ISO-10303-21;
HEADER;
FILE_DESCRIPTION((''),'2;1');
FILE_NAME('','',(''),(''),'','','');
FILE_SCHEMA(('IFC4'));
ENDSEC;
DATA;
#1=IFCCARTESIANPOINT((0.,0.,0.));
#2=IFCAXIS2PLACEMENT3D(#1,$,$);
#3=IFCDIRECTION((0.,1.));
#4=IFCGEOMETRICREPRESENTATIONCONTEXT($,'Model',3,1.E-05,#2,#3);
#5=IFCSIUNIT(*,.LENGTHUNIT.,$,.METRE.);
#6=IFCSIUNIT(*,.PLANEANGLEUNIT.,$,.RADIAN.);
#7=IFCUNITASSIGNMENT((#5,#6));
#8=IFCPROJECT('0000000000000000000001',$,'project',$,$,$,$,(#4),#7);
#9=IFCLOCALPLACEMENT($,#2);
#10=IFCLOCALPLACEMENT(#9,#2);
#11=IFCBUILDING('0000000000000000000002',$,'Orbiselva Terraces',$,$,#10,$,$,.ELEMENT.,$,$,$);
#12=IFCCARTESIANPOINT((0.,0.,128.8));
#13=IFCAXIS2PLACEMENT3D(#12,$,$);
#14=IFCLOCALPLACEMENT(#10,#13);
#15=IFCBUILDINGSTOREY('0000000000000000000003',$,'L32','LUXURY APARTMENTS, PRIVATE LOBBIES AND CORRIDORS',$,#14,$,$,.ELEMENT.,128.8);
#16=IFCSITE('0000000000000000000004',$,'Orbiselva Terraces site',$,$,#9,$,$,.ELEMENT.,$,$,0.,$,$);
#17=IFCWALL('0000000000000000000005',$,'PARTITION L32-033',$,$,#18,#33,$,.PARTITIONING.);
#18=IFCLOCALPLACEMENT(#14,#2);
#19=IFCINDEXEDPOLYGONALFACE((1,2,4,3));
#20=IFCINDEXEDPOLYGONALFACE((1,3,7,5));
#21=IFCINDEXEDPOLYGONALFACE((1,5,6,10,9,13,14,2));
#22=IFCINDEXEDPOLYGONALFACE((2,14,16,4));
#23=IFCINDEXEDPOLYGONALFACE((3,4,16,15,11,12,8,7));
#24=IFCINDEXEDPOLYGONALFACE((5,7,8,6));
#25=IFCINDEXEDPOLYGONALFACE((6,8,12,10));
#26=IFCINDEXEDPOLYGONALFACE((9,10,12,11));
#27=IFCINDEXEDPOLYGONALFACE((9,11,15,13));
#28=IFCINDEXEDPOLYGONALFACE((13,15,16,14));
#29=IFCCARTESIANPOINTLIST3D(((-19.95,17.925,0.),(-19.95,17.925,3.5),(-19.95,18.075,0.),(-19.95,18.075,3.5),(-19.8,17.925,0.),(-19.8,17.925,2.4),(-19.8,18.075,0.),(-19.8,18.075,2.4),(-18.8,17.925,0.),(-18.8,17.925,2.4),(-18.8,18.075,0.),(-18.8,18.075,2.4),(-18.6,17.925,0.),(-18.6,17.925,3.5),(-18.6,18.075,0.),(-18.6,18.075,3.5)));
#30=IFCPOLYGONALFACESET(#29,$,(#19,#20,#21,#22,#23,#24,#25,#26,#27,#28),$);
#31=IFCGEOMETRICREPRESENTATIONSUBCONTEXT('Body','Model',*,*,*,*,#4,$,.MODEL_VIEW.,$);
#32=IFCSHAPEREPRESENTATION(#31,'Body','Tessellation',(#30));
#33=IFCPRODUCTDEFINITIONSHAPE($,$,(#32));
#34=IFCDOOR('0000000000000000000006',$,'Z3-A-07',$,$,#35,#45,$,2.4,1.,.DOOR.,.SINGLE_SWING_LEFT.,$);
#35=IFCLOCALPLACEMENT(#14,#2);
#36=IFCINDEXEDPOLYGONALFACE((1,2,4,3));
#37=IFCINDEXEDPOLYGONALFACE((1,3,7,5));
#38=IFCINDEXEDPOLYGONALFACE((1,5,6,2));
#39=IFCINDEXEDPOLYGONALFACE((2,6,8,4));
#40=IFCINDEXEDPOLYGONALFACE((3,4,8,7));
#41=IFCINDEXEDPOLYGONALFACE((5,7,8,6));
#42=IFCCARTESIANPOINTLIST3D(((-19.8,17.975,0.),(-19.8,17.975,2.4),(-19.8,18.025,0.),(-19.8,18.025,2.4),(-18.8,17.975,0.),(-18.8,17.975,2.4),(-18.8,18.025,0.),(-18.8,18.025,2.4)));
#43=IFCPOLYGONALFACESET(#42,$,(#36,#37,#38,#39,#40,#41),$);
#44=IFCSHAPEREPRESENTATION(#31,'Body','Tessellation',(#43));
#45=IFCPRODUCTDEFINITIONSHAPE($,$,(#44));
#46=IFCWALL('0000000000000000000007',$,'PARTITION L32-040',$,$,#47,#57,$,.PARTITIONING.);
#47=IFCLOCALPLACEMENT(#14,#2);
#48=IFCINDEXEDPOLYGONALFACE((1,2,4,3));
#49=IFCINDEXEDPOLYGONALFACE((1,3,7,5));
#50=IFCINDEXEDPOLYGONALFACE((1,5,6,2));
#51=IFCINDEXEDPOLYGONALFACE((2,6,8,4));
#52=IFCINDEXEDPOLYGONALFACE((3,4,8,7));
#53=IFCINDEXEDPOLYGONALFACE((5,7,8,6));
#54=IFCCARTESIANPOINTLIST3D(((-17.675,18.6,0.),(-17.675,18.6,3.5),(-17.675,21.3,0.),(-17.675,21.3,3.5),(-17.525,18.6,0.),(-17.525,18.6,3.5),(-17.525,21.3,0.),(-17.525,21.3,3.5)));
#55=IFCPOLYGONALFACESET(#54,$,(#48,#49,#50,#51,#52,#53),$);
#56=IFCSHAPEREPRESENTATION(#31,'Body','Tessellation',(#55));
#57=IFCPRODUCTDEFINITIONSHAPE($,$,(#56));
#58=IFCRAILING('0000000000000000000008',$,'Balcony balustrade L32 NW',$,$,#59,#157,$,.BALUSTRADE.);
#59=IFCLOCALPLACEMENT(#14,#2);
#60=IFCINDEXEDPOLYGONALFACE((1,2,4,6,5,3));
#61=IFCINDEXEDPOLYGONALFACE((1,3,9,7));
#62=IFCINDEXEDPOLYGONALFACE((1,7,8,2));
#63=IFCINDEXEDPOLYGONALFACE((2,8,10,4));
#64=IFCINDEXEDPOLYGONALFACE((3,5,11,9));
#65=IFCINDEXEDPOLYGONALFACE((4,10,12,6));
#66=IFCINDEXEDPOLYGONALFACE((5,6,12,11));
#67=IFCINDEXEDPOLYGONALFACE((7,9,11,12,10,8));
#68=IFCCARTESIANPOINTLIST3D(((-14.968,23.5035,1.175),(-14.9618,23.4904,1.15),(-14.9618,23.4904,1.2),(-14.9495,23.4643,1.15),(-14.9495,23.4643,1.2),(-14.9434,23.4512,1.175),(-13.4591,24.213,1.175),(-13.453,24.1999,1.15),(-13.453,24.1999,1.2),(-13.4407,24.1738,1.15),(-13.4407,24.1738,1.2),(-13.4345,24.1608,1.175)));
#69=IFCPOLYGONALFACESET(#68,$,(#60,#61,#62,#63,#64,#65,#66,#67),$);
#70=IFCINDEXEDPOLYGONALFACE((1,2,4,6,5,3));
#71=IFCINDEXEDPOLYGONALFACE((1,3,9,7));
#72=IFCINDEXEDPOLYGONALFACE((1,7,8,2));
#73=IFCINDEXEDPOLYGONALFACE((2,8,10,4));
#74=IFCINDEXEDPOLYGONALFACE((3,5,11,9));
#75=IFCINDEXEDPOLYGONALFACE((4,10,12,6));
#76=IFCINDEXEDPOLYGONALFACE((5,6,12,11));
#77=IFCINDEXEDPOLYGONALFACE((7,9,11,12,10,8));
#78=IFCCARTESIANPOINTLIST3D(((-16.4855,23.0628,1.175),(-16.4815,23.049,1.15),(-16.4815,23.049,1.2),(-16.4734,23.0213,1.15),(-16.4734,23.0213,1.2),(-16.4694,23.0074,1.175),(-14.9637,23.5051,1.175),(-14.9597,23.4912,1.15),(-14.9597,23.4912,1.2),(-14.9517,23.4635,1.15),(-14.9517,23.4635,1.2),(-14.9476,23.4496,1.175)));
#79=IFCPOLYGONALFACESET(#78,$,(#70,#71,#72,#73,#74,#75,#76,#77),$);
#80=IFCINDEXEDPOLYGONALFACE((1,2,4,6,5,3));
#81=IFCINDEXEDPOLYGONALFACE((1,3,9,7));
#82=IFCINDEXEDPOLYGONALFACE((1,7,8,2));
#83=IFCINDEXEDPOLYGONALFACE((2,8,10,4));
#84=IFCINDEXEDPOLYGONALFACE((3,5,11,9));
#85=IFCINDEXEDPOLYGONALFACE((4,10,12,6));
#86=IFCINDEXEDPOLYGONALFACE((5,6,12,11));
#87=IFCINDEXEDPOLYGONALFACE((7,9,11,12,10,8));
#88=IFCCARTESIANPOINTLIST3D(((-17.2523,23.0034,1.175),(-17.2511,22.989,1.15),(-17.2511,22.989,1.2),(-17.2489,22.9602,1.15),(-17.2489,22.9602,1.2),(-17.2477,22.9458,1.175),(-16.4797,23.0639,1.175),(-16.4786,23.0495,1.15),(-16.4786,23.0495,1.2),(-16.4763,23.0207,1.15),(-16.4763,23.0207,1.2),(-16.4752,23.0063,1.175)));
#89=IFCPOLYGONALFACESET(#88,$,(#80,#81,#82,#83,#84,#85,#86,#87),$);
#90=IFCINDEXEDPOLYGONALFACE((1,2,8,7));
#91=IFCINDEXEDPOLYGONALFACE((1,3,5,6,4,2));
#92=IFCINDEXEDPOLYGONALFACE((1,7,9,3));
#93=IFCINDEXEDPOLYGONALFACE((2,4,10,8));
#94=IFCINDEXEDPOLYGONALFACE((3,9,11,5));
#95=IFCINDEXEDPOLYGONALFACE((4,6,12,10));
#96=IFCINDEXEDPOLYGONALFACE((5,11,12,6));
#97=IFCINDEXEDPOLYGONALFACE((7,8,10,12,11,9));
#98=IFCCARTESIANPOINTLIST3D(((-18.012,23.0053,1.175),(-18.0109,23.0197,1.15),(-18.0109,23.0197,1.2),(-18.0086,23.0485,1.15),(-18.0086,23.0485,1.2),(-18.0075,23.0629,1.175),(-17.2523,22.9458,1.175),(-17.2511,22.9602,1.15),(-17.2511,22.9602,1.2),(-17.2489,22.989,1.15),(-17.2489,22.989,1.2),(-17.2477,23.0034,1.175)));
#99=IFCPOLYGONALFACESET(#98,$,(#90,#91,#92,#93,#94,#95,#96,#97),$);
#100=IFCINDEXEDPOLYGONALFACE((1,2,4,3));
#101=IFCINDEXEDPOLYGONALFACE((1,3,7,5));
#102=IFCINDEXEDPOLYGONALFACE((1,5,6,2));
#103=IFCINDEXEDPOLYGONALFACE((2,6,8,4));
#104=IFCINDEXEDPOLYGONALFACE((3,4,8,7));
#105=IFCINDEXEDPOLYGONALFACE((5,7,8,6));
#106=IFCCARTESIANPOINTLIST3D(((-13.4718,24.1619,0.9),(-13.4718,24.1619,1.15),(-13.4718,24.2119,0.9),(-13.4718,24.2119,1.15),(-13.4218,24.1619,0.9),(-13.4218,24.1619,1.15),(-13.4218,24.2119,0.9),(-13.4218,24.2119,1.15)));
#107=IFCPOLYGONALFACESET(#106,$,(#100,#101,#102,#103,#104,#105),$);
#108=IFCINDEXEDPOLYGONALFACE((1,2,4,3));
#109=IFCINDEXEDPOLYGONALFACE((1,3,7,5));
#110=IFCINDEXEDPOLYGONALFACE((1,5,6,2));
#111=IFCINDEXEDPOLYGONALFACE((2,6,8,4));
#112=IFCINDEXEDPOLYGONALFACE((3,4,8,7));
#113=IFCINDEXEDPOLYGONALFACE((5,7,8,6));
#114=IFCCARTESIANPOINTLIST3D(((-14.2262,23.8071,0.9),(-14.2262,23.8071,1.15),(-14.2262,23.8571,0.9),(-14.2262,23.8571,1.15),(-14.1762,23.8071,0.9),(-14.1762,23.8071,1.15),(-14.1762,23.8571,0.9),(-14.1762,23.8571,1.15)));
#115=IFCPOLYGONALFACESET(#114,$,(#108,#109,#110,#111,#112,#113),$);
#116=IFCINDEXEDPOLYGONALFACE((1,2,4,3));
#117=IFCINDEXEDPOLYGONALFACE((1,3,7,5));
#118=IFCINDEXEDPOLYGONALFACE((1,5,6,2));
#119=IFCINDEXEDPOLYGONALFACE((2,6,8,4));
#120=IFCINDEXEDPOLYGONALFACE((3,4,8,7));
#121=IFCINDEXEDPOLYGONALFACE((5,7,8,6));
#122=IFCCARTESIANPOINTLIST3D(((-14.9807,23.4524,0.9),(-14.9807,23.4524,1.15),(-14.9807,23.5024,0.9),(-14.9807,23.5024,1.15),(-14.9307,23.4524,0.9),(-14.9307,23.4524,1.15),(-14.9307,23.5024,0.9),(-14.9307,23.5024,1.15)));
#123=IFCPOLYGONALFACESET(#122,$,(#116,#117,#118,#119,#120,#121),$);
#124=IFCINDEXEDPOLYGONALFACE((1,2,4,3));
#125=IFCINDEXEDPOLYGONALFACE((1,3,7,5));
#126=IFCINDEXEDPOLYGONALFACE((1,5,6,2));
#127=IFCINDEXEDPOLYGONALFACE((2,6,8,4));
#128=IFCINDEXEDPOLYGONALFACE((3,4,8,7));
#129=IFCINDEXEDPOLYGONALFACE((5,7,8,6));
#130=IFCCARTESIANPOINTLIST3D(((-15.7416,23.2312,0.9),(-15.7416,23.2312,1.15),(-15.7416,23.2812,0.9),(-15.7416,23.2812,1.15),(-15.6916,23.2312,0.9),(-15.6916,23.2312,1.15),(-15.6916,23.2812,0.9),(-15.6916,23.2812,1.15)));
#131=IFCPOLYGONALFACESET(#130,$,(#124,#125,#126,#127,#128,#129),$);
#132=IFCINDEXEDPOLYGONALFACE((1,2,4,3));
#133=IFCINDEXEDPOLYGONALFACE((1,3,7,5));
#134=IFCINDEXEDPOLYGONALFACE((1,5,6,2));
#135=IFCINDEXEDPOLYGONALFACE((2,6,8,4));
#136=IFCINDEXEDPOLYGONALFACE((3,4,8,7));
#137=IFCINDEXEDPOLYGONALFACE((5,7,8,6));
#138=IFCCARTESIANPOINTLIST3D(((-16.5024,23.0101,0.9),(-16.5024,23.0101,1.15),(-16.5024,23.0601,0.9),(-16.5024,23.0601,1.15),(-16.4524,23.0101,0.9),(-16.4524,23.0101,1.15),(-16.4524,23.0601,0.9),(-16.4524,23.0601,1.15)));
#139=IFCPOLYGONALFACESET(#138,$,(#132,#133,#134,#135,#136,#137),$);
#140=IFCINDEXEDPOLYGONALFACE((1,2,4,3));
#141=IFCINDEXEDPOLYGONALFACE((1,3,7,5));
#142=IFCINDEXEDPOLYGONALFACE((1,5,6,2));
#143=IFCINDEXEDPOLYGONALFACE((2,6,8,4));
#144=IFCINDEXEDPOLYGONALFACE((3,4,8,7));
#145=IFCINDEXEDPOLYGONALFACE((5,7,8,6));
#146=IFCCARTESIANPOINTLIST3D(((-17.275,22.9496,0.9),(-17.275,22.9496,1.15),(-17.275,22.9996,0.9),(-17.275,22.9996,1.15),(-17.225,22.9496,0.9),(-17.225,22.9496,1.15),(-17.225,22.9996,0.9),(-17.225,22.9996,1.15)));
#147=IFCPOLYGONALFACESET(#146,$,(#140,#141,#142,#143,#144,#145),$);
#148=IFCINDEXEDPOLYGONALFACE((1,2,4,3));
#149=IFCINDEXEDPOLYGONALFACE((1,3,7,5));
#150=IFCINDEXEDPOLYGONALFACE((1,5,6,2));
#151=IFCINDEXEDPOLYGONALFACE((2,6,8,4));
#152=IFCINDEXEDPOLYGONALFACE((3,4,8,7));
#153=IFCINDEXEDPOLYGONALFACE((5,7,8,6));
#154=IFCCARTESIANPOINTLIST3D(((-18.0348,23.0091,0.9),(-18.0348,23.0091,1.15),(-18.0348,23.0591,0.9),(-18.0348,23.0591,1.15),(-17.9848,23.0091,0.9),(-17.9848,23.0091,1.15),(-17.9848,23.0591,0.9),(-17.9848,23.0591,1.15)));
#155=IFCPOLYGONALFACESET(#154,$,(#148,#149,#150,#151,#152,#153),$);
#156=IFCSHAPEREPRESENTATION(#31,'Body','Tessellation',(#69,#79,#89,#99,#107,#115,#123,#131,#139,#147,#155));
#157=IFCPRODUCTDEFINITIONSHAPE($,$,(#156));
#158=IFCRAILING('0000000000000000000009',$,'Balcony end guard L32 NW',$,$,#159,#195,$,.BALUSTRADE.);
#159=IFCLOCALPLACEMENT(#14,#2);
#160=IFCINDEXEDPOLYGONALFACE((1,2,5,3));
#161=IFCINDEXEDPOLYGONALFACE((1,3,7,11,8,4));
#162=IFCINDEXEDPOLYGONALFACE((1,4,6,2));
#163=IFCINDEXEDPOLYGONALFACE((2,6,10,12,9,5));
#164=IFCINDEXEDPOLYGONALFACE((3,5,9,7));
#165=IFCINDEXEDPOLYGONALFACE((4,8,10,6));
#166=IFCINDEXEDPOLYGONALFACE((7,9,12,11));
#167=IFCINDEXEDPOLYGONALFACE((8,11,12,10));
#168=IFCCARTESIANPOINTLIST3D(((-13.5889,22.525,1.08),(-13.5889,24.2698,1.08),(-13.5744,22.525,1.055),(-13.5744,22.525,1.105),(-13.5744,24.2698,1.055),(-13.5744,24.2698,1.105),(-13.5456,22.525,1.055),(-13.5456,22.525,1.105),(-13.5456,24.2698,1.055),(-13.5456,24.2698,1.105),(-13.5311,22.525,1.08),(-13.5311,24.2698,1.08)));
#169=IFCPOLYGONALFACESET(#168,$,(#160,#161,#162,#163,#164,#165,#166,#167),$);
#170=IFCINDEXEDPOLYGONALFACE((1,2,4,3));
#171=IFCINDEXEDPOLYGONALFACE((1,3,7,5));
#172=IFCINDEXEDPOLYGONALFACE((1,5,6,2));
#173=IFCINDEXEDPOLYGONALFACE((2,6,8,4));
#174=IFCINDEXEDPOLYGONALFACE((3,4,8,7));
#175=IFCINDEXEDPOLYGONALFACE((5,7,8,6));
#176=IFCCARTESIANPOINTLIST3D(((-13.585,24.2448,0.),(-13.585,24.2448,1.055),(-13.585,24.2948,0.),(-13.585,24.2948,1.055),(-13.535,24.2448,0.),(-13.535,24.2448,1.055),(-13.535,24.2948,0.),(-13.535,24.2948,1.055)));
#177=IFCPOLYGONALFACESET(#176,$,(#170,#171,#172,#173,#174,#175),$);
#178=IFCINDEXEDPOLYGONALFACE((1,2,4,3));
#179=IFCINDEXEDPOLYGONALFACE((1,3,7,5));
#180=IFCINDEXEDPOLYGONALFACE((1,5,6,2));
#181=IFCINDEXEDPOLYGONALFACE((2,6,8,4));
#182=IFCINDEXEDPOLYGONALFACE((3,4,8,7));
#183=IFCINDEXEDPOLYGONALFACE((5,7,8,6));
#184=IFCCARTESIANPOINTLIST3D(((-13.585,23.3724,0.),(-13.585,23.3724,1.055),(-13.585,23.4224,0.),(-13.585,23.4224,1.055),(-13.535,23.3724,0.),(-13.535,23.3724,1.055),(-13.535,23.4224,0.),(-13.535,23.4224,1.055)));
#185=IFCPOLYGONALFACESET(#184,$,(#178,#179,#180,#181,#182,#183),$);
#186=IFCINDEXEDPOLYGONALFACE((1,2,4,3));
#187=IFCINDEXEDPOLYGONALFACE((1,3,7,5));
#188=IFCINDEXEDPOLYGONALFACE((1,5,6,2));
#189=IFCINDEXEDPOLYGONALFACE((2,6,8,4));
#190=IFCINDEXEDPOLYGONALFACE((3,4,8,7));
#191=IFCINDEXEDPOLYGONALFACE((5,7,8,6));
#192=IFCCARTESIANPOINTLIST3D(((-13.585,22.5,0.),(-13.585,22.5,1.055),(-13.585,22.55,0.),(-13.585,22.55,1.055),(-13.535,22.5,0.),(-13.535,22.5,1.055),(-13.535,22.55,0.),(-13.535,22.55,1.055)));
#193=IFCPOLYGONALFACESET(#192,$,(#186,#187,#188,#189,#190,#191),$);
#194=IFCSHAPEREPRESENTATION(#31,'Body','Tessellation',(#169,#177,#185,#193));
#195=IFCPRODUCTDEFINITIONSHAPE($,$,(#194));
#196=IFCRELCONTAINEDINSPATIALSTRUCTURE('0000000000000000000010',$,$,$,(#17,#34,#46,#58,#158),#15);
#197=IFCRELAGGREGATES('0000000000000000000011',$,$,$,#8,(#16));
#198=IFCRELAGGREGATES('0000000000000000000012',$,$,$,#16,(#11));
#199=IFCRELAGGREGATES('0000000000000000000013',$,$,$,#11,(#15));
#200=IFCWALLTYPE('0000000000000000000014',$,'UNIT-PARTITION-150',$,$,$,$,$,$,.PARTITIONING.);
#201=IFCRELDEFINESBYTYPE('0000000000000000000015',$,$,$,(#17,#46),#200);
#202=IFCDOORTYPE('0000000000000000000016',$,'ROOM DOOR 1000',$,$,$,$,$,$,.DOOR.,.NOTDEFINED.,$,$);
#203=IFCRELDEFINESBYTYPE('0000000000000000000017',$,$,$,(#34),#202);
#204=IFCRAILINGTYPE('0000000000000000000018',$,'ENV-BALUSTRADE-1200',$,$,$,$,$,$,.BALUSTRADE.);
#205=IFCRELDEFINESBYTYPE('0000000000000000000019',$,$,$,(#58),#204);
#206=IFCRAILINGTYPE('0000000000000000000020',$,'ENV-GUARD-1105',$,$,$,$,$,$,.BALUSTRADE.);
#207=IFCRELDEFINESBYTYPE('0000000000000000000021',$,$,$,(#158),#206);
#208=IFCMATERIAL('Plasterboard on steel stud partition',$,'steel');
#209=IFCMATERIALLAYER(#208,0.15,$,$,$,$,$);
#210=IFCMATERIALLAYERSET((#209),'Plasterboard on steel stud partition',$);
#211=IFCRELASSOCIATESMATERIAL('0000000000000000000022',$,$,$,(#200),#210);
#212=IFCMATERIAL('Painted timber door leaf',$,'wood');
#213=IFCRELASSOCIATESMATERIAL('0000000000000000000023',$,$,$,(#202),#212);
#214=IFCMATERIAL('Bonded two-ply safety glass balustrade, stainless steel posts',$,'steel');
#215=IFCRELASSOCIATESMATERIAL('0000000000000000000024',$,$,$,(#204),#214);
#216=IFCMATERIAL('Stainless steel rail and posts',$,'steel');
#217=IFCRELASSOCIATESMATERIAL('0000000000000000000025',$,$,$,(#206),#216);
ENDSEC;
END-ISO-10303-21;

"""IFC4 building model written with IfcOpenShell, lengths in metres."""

from ifc_helpers import new_model, si_unit, direction, frame, frame_2d, origin, origin_2d, place, context, subcontext, project, spatial, polyline, rectangle, outline, extrude, material, layer, layer_set, type_object, element, fill, save


model = new_model("IFC4")

# Units and contexts
model_context = context("Model", 3, precision=1e-05, world=origin(), true_north=direction((0.0, 1.0)))
body_context = subcontext(model_context, "Body", "Model", "MODEL_VIEW")
ifc_project = project(units=[si_unit("LENGTHUNIT", "METRE"), si_unit("PLANEANGLEUNIT", "RADIAN")], contexts=[model_context])

# Site, building, storey
site_placement = place(None, origin())
site = spatial("IfcSite", under=ifc_project, at=site_placement, Name="Orbiselva Terraces site", CompositionType="ELEMENT", RefElevation=0.0)
building_placement = place(site_placement, origin())
building = spatial("IfcBuilding", under=site, at=building_placement, Name="Orbiselva Terraces", CompositionType="ELEMENT")
storey_placement = place(building_placement, frame((0.0, 0.0, 128.8)))
storey = spatial("IfcBuildingStorey", under=building, at=storey_placement, Name="L32", Description="LUXURY APARTMENTS, PRIVATE LOBBIES AND CORRIDORS", CompositionType="ELEMENT", Elevation=128.8)

# Wall, opening, door
ifc_material_1 = material(Name="Plasterboard on steel stud partition", Category="steel")
ifc_layer_1 = layer(ifc_material_1, 0.15)
ifc_layer_set_1 = layer_set([ifc_layer_1], Name="Plasterboard on steel stud partition")
wall_type_1 = type_object("IfcWallType", Name="UNIT-PARTITION-150", PredefinedType="PARTITIONING", material=ifc_layer_set_1)
wall_1_placement = place(storey_placement, frame((-19.95, 18.0, 0.0), z_axis=(0.0, 0.0, 1.0), x_axis=(1.0, 0.0, 0.0)))
wall_1 = element("IfcWall", 1, at=wall_1_placement, inside=storey, type_object=wall_type_1, Name="PARTITION L32-033", PredefinedType="PARTITIONING", context=body_context, shape_type="SweptSolid", body=[
    extrude(rectangle(XDim=1.35, YDim=0.15, at=frame_2d((0.675, 0.0))), origin(), (0.0, 0.0, 1.0), 3.5),
])
opening_1_placement = place(wall_1_placement, frame((0.15, 0.0, 0.0)))
opening_1 = element("IfcOpeningElement", 2, at=opening_1_placement, cuts=wall_1, PredefinedType="OPENING", context=body_context, shape_type="SweptSolid", body=[
    extrude(rectangle(XDim=1.0, YDim=2.4, at=frame_2d((0.5, 1.2))), frame((0.0, 0.085, 0.0), z_axis=(0.0, -1.0, 0.0), x_axis=(1.0, 0.0, 0.0)), (0.0, 0.0, 1.0), 0.17),
])
ifc_material_2 = material(Name="Painted timber door leaf", Category="wood")
door_type_1 = type_object("IfcDoorType", Name="ROOM DOOR 1000", OperationType="NOTDEFINED", PredefinedType="DOOR", material=ifc_material_2)
door_1_placement = place(opening_1_placement, origin())
door_1 = element("IfcDoor", 3, at=door_1_placement, inside=storey, type_object=door_type_1, Name="Z3-A-07", OperationType="SINGLE_SWING_LEFT", OverallHeight=2.4, OverallWidth=1.0, PredefinedType="DOOR", context=body_context, shape_type="SweptSolid", body=[
    extrude(rectangle(XDim=1.0, YDim=2.4, at=frame_2d((0.5, 1.2))), frame((0.0, 0.025, 0.0), z_axis=(0.0, -1.0, 0.0), x_axis=(1.0, 0.0, 0.0)), (0.0, 0.0, 1.0), 0.05),
])
fill(opening_1, door_1)

# Wall
wall_2_placement = place(storey_placement, frame((-17.6, 18.6, 0.0), z_axis=(0.0, 0.0, 1.0), x_axis=(0.0, 1.0, 0.0)))
element("IfcWall", 4, at=wall_2_placement, inside=storey, type_object=wall_type_1, Name="PARTITION L32-040", PredefinedType="PARTITIONING", context=body_context, shape_type="SweptSolid", body=[
    extrude(rectangle(XDim=2.7, YDim=0.15, at=frame_2d((1.35, 0.0))), origin(), (0.0, 0.0, 1.0), 3.5),
])

# Railings
ifc_material_3 = material(Name="Bonded two-ply safety glass balustrade, stainless steel posts", Category="steel")
railing_type_1 = type_object("IfcRailingType", Name="ENV-BALUSTRADE-1200", PredefinedType="BALUSTRADE", material=ifc_material_3)
railing_1_placement = place(storey_placement, frame((-13.4468, 24.1869, 0.9)))
element("IfcRailing", 5, at=railing_1_placement, inside=storey, type_object=railing_type_1, Name="Balcony balustrade L32 NW", PredefinedType="BALUSTRADE", context=body_context, shape_type="SweptSolid", body=[
    extrude(outline(polyline([(0.0289, 0.0), (0.0144, 0.025), (-0.0144, 0.025), (-0.0289, 0.0), (-0.0144, -0.025), (0.0144, -0.025), (0.0289, 0.0)])), frame((0.0, 0.0, 0.275), z_axis=(-0.904944, -0.42553, 0.0), x_axis=(0.42553, -0.904944, 0.0)), (0.0, 0.0, 1.0), 1.6674),
    extrude(outline(polyline([(0.0289, 0.0), (0.0144, 0.025), (-0.0144, 0.025), (-0.0289, 0.0), (-0.0144, -0.025), (0.0144, -0.025), (0.0289, 0.0)])), frame((-1.5089, -0.7095, 0.275), z_axis=(-0.96027, -0.279071, 0.0), x_axis=(0.279071, -0.96027, 0.0)), (0.0, 0.0, 1.0), 1.5847),
    extrude(outline(polyline([(0.0289, 0.0), (0.0144, 0.025), (-0.0144, 0.025), (-0.0289, 0.0), (-0.0144, -0.025), (0.0144, -0.025), (0.0289, 0.0)])), frame((-3.0306, -1.1518, 0.275), z_axis=(-0.996948, -0.078071, 0.0), x_axis=(0.078071, -0.996948, 0.0)), (0.0, 0.0, 1.0), 0.7749),
    extrude(outline(polyline([(0.0289, 0.0), (0.0144, 0.025), (-0.0144, 0.025), (-0.0289, 0.0), (-0.0144, -0.025), (0.0144, -0.025), (0.0289, 0.0)])), frame((-3.8032, -1.2123, 0.275), z_axis=(-0.996948, 0.078071, 0.0), x_axis=(-0.078071, -0.996948, 0.0)), (0.0, 0.0, 1.0), 0.7621),
    extrude(rectangle(XDim=0.05, YDim=0.05, at=origin_2d()), origin(), (0.0, 0.0, 1.0), 0.25),
    extrude(rectangle(XDim=0.05, YDim=0.05, at=origin_2d()), frame((-0.7544, -0.3548, 0.0)), (0.0, 0.0, 1.0), 0.25),
    extrude(rectangle(XDim=0.05, YDim=0.05, at=origin_2d()), frame((-1.5089, -0.7095, 0.0)), (0.0, 0.0, 1.0), 0.25),
    extrude(rectangle(XDim=0.05, YDim=0.05, at=origin_2d()), frame((-2.2698, -0.9306, 0.0)), (0.0, 0.0, 1.0), 0.25),
    extrude(rectangle(XDim=0.05, YDim=0.05, at=origin_2d()), frame((-3.0306, -1.1518, 0.0)), (0.0, 0.0, 1.0), 0.25),
    extrude(rectangle(XDim=0.05, YDim=0.05, at=origin_2d()), frame((-3.8032, -1.2123, 0.0)), (0.0, 0.0, 1.0), 0.25),
    extrude(rectangle(XDim=0.05, YDim=0.05, at=origin_2d()), frame((-4.5629, -1.1528, 0.0)), (0.0, 0.0, 1.0), 0.25),
])
ifc_material_4 = material(Name="Stainless steel rail and posts", Category="steel")
railing_type_2 = type_object("IfcRailingType", Name="ENV-GUARD-1105", PredefinedType="BALUSTRADE", material=ifc_material_4)
railing_2_placement = place(storey_placement, frame((-13.56, 24.2698, 0.0)))
element("IfcRailing", 6, at=railing_2_placement, inside=storey, type_object=railing_type_2, Name="Balcony end guard L32 NW", PredefinedType="BALUSTRADE", context=body_context, shape_type="SweptSolid", body=[
    extrude(outline(polyline([(0.0289, 0.0), (0.0144, 0.025), (-0.0144, 0.025), (-0.0289, 0.0), (-0.0144, -0.025), (0.0144, -0.025), (0.0289, 0.0)])), frame((0.0, 0.0, 1.08), z_axis=(0.0, -1.0, 0.0), x_axis=(1.0, 0.0, 0.0)), (0.0, 0.0, 1.0), 1.7448),
    extrude(rectangle(XDim=0.05, YDim=0.05, at=origin_2d()), origin(), (0.0, 0.0, 1.0), 1.055),
    extrude(rectangle(XDim=0.05, YDim=0.05, at=origin_2d()), frame((0.0, -0.8724, 0.0)), (0.0, 0.0, 1.0), 1.055),
    extrude(rectangle(XDim=0.05, YDim=0.05, at=origin_2d()), frame((0.0, -1.7448, 0.0)), (0.0, 0.0, 1.0), 1.055),
])

save(model, "model.ifc")
